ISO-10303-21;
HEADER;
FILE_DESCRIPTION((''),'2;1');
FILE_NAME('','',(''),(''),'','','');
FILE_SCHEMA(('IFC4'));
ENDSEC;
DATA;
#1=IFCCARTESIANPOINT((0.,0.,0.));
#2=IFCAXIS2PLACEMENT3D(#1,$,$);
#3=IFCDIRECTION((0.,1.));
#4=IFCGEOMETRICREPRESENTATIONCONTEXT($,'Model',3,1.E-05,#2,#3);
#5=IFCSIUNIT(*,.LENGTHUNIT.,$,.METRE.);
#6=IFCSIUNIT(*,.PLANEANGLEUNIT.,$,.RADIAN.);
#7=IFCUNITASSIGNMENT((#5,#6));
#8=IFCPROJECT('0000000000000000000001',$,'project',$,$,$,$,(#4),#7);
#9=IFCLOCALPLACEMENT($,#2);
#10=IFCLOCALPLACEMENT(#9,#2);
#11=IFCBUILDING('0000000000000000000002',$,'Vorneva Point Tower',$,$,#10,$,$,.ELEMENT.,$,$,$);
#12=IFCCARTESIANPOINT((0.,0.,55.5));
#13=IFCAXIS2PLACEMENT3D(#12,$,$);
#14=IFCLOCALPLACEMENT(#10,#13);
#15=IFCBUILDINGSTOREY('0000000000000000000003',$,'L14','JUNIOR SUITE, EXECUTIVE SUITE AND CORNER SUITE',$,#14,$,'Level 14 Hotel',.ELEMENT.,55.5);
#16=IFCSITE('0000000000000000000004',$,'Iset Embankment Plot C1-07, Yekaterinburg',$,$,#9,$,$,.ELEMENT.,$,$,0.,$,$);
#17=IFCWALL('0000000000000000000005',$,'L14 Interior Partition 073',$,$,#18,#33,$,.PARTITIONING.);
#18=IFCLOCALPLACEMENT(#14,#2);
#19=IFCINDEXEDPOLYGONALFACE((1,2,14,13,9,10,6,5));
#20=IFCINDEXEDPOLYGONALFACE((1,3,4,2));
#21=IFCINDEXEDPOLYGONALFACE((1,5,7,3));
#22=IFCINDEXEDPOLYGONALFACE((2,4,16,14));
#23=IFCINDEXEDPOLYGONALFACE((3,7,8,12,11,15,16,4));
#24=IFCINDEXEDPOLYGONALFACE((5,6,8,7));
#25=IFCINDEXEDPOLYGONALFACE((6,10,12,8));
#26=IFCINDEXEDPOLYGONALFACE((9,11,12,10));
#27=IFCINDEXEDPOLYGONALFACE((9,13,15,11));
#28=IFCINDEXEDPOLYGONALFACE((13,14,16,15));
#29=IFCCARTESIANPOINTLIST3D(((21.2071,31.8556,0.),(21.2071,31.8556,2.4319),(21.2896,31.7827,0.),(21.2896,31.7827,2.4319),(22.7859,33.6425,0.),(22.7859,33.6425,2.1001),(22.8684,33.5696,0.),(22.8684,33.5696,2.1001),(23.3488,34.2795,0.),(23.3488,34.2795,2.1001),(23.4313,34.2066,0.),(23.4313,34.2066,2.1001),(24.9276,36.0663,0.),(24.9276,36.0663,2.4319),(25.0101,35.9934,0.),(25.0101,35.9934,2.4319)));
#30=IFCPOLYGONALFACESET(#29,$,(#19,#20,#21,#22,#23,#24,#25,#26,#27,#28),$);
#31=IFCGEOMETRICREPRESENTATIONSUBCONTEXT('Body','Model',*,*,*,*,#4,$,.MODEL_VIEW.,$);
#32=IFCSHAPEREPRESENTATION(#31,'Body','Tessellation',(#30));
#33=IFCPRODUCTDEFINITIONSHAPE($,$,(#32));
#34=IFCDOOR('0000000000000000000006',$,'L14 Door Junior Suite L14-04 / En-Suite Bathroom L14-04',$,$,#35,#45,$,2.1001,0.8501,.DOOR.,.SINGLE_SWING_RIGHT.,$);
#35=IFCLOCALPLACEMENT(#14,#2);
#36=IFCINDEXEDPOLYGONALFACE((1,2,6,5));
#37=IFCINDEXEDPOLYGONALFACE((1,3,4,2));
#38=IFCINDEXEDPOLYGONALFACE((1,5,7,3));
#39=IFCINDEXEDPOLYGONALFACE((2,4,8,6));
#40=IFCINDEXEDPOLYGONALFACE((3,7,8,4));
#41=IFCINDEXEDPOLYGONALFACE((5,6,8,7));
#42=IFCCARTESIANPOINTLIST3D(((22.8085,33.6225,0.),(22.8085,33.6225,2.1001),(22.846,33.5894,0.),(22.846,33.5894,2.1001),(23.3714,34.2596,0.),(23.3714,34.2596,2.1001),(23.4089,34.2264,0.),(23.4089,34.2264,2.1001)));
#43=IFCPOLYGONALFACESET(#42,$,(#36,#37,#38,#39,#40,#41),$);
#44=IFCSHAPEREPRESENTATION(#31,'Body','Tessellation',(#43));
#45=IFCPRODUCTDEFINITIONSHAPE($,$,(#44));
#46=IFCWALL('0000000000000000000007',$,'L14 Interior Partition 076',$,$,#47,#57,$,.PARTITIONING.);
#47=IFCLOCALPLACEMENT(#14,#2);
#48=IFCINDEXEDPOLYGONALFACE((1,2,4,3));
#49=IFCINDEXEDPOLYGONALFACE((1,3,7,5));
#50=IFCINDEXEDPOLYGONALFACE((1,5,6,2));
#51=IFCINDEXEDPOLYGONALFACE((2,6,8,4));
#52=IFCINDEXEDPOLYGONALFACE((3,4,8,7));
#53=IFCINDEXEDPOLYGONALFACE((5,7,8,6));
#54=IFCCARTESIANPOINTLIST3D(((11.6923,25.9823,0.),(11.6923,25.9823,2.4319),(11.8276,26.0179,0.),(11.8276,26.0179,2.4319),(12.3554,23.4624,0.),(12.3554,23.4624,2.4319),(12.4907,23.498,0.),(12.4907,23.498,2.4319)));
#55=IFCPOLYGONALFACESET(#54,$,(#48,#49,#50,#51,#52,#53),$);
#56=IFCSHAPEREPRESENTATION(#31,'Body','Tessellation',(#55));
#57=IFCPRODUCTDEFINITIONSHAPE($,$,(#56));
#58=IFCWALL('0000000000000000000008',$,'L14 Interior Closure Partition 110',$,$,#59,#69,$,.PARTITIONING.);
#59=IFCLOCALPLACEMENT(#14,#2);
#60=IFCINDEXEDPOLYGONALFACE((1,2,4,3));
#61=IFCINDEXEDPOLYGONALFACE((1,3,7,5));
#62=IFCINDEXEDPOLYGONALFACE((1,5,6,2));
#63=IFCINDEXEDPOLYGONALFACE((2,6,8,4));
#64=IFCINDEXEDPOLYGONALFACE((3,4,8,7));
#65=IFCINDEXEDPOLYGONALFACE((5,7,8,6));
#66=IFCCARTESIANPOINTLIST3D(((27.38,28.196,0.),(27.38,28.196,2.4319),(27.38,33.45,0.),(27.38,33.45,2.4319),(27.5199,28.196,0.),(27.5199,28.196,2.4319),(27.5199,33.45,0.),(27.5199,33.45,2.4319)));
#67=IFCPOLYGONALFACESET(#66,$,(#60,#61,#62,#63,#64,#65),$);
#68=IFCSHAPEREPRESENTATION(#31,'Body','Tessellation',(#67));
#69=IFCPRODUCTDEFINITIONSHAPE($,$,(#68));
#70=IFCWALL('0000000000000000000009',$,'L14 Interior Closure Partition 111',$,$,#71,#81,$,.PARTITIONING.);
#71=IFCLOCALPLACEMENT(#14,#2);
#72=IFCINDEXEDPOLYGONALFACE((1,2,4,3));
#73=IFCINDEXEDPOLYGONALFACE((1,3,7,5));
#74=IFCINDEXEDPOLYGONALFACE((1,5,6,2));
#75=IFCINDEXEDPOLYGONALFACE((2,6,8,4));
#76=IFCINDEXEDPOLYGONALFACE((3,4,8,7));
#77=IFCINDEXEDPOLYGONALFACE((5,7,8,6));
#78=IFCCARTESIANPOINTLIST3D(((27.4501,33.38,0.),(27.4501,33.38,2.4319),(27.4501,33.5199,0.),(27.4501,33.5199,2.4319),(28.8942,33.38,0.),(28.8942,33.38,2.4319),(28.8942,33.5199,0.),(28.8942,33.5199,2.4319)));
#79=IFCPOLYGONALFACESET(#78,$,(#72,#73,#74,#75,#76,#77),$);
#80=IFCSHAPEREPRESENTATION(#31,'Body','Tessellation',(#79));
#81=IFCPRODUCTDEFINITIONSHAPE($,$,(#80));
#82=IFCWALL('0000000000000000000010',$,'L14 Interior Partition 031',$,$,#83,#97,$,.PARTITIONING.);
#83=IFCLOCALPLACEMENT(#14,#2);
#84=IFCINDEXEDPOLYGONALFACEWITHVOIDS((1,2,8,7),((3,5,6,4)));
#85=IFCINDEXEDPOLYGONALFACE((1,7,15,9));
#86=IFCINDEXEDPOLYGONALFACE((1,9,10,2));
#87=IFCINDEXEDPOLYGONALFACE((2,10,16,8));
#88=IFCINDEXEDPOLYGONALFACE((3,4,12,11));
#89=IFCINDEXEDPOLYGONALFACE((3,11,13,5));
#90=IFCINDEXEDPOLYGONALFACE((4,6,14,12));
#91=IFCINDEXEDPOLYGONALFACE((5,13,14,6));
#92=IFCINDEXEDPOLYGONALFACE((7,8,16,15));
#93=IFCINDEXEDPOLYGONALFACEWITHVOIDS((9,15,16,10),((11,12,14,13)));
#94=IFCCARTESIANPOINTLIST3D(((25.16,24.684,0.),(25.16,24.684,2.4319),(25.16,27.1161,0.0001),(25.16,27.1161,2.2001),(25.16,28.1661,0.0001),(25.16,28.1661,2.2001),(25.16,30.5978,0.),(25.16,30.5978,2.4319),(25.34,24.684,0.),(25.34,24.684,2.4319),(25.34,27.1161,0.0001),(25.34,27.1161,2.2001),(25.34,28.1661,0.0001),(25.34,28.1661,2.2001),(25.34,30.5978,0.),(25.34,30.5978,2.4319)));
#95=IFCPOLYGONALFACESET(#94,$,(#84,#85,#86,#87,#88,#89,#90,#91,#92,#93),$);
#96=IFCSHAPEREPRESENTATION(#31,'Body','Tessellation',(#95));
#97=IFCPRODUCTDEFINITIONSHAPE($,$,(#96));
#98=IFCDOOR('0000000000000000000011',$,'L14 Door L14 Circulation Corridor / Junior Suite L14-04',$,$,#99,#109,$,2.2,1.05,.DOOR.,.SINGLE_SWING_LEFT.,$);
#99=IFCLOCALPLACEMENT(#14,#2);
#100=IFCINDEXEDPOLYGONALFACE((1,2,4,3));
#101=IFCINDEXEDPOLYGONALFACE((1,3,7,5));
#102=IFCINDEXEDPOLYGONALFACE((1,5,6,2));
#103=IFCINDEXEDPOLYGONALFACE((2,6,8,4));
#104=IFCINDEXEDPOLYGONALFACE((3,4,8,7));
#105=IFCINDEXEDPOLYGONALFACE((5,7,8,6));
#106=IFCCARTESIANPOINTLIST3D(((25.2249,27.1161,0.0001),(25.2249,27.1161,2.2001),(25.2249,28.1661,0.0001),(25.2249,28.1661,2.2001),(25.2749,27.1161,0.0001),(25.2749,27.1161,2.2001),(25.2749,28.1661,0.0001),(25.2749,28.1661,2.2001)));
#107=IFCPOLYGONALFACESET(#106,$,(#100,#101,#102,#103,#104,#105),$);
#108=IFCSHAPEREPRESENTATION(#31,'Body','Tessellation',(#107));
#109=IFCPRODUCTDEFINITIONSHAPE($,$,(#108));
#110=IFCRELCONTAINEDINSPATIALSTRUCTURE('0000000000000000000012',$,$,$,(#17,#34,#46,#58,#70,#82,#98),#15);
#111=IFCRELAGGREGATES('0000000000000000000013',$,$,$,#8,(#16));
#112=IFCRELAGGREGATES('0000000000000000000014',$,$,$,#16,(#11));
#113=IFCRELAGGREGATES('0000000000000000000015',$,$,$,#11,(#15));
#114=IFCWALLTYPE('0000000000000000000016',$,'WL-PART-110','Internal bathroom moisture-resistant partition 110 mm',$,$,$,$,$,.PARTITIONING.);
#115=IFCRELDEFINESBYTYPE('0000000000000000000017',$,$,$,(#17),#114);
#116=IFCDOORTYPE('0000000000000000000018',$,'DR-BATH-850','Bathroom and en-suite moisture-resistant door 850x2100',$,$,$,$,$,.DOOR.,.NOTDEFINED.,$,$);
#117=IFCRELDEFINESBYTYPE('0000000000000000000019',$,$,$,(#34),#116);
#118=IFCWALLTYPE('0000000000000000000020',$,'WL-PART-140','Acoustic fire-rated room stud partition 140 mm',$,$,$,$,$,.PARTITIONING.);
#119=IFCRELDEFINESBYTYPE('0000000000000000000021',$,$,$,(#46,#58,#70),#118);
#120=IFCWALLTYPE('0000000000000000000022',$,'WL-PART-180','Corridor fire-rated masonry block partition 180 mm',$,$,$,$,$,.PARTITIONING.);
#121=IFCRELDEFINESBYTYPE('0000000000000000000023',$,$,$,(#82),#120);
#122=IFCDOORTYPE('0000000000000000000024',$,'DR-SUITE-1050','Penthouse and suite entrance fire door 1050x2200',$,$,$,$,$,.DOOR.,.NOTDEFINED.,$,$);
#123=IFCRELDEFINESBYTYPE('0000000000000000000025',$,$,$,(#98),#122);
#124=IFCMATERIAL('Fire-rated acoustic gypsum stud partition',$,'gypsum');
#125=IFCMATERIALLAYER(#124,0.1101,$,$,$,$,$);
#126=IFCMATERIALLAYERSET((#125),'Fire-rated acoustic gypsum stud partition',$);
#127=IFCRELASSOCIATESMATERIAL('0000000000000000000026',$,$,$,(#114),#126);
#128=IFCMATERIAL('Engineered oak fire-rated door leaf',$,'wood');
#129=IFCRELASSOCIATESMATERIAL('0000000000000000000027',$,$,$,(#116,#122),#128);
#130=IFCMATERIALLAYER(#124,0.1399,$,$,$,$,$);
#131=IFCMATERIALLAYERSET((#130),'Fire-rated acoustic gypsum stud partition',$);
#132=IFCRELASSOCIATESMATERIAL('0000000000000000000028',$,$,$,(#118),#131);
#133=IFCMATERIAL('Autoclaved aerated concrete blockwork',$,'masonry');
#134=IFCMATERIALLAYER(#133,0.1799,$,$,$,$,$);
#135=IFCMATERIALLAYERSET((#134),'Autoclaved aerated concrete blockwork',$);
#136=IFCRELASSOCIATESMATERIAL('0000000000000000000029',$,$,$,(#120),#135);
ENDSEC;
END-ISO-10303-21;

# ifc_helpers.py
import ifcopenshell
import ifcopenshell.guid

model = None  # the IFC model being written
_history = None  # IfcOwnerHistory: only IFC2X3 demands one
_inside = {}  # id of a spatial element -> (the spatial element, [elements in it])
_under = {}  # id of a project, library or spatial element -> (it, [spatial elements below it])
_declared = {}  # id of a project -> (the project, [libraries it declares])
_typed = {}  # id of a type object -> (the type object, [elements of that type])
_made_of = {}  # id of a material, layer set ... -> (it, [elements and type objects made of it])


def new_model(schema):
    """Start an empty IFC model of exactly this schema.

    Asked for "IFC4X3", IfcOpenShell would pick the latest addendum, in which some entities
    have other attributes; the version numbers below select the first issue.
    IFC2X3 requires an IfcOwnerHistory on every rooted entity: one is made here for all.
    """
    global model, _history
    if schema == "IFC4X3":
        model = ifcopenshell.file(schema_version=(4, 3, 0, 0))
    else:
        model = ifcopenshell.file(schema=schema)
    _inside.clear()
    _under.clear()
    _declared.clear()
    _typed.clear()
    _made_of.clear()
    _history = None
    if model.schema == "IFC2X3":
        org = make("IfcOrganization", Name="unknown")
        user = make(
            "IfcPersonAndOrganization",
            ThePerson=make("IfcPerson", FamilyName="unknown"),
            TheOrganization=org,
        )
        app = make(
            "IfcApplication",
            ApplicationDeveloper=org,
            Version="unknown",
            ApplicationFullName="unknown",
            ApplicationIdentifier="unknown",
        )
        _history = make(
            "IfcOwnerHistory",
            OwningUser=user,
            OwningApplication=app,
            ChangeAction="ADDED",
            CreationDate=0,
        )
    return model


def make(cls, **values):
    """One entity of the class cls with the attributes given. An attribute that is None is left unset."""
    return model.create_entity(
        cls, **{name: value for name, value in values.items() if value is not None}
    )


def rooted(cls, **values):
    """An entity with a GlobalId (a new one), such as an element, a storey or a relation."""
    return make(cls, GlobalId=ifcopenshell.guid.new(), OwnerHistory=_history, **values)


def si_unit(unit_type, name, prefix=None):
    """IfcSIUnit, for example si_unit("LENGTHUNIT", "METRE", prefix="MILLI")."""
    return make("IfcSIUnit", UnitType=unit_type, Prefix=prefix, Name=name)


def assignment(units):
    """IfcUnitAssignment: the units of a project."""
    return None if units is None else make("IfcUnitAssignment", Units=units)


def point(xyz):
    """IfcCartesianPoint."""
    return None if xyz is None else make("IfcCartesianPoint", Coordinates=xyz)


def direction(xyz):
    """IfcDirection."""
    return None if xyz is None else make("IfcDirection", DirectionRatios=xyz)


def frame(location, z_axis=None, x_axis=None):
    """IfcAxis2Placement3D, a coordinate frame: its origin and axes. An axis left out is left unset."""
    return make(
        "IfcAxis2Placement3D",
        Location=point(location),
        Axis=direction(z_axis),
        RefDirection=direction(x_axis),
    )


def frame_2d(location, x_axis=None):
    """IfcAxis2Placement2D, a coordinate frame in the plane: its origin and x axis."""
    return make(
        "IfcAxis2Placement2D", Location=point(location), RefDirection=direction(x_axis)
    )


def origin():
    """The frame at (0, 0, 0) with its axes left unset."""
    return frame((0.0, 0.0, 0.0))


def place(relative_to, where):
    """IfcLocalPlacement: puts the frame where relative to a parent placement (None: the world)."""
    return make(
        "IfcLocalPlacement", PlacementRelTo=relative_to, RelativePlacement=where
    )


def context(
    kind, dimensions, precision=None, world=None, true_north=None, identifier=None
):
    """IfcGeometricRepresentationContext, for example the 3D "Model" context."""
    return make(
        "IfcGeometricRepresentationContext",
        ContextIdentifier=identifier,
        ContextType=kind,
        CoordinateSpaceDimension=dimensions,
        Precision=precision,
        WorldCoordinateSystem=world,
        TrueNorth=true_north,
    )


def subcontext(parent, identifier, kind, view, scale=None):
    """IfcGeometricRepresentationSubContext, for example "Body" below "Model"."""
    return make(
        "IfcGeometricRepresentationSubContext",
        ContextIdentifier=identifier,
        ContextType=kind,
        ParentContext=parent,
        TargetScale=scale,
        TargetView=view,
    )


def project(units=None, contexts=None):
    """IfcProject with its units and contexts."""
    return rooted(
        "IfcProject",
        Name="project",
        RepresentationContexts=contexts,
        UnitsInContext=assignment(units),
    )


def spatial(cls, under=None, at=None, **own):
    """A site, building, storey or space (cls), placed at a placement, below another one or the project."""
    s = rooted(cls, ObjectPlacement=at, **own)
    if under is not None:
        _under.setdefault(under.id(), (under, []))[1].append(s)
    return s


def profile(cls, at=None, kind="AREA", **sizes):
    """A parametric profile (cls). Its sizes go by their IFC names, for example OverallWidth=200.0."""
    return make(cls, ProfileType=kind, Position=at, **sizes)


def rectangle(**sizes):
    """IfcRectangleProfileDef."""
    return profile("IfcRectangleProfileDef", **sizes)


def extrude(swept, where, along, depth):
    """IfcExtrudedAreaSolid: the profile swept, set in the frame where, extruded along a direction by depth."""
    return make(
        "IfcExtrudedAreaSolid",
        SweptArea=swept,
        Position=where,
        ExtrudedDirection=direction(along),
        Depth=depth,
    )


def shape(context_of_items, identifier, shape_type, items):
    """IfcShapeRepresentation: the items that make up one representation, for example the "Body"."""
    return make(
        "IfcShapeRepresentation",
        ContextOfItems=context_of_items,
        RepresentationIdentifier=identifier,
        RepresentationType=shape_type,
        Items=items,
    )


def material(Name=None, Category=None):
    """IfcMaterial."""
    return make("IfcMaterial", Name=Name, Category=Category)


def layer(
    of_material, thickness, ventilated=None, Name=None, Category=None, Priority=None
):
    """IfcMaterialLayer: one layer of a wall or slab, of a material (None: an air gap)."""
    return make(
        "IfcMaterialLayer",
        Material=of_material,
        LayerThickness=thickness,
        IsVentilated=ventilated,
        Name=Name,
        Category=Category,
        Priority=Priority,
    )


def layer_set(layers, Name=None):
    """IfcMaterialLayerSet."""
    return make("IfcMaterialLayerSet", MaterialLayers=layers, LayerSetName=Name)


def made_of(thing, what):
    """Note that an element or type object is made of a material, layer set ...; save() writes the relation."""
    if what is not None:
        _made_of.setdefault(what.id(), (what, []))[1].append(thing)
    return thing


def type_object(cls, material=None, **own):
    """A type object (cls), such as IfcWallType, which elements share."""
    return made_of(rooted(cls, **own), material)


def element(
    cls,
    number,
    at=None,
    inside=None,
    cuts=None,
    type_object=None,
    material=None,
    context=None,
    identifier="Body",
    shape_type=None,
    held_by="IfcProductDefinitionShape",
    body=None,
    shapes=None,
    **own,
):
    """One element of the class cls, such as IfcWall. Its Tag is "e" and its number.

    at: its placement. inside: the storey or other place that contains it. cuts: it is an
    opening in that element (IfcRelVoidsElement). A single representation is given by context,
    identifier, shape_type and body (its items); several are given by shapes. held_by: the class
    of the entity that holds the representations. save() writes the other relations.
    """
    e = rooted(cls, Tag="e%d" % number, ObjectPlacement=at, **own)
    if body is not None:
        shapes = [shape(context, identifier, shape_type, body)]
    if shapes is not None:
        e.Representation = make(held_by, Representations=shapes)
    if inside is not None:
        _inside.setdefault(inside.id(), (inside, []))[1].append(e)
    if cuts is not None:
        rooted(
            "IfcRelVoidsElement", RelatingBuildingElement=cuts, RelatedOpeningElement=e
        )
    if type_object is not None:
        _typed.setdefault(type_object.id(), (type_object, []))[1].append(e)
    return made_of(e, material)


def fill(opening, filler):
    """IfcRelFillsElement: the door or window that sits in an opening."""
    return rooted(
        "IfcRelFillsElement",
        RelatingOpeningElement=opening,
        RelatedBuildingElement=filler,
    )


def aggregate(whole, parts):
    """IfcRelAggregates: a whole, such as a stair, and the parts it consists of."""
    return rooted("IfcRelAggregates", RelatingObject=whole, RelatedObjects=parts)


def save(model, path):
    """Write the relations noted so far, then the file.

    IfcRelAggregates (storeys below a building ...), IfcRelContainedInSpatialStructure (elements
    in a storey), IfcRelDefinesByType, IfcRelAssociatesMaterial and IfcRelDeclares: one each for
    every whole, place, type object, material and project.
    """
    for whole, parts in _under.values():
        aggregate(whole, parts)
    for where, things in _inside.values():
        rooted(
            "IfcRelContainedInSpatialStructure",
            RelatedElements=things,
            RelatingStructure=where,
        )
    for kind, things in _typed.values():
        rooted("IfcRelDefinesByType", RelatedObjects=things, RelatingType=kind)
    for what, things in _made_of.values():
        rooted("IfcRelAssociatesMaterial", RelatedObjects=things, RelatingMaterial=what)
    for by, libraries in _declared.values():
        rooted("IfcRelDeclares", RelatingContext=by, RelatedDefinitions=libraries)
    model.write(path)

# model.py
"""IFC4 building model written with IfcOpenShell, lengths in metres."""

from ifc_helpers import new_model, si_unit, direction, frame, frame_2d, origin, place, context, subcontext, project, spatial, rectangle, extrude, material, layer, layer_set, type_object, element, fill, save


model = new_model("IFC4")

# Units and contexts
model_context = context("Model", 3, precision=1e-05, world=origin(), true_north=direction((0.0, 1.0)))
body_context = subcontext(model_context, "Body", "Model", "MODEL_VIEW")
ifc_project = project(units=[si_unit("LENGTHUNIT", "METRE"), si_unit("PLANEANGLEUNIT", "RADIAN")], contexts=[model_context])

# Site, building, storey
site_placement = place(None, origin())
site = spatial("IfcSite", under=ifc_project, at=site_placement, Name="Iset Embankment Plot C1-07, Yekaterinburg", CompositionType="ELEMENT", RefElevation=0.0)
building_placement = place(site_placement, origin())
building = spatial("IfcBuilding", under=site, at=building_placement, Name="Vorneva Point Tower", CompositionType="ELEMENT")
storey_placement = place(building_placement, frame((0.0, 0.0, 55.5)))
storey = spatial("IfcBuildingStorey", under=building, at=storey_placement, Name="L14", Description="JUNIOR SUITE, EXECUTIVE SUITE AND CORNER SUITE", LongName="Level 14 Hotel", CompositionType="ELEMENT", Elevation=55.5)

# Shared definitions
ifc_material_1 = material(Name="Fire-rated acoustic gypsum stud partition", Category="gypsum")
ifc_layer_1 = layer(ifc_material_1, 0.1101)
ifc_layer_set_1 = layer_set([ifc_layer_1], Name="Fire-rated acoustic gypsum stud partition")
wall_type_1 = type_object("IfcWallType", Name="WL-PART-110", Description="Internal bathroom moisture-resistant partition 110 mm", PredefinedType="PARTITIONING", material=ifc_layer_set_1)

# Wall, opening, door
wall_1_placement = place(storey_placement, frame((21.2483, 31.8191, 0.0), z_axis=(0.0, 0.0, 1.0), x_axis=(0.662136, 0.749384, 0.0)))
wall_1 = element("IfcWall", 1, at=wall_1_placement, inside=storey, type_object=wall_type_1, Name="L14 Interior Partition 073", PredefinedType="PARTITIONING", context=body_context, shape_type="SweptSolid", body=[
    extrude(rectangle(XDim=5.6189, YDim=0.1101, at=frame_2d((2.8096, 0.0))), origin(), (0.0, 0.0, 1.0), 2.4319),
])
opening_1_placement = place(wall_1_placement, frame((2.3845, 0.0, 0.0)))
opening_1 = element("IfcOpeningElement", 2, at=opening_1_placement, cuts=wall_1, PredefinedType="OPENING", context=body_context, shape_type="SweptSolid", body=[
    extrude(rectangle(XDim=0.8501, YDim=2.1001, at=frame_2d((0.425, 1.05))), frame((0.0, 0.0698, 0.0), z_axis=(0.0, -1.0, 0.0), x_axis=(1.0, 0.0, 0.0)), (0.0, 0.0, 1.0), 0.1399),
])
ifc_material_2 = material(Name="Engineered oak fire-rated door leaf", Category="wood")
door_type_1 = type_object("IfcDoorType", Name="DR-BATH-850", Description="Bathroom and en-suite moisture-resistant door 850x2100", OperationType="NOTDEFINED", PredefinedType="DOOR", material=ifc_material_2)
door_1_placement = place(opening_1_placement, origin())
door_1 = element("IfcDoor", 3, at=door_1_placement, inside=storey, type_object=door_type_1, Name="L14 Door Junior Suite L14-04 / En-Suite Bathroom L14-04", OperationType="SINGLE_SWING_RIGHT", OverallHeight=2.1001, OverallWidth=0.8501, PredefinedType="DOOR", context=body_context, shape_type="SweptSolid", body=[
    extrude(rectangle(XDim=0.8501, YDim=2.1001, at=frame_2d((0.425, 1.05))), frame((0.0, 0.0249, 0.0), z_axis=(0.0, -1.0, 0.0), x_axis=(1.0, 0.0, 0.0)), (0.0, 0.0, 1.0), 0.05),
])
fill(opening_1, door_1)

# Walls
ifc_layer_2 = layer(ifc_material_1, 0.1399)
ifc_layer_set_2 = layer_set([ifc_layer_2], Name="Fire-rated acoustic gypsum stud partition")
wall_type_2 = type_object("IfcWallType", Name="WL-PART-140", Description="Acoustic fire-rated room stud partition 140 mm", PredefinedType="PARTITIONING", material=ifc_layer_set_2)
wall_2_placement = place(storey_placement, frame((11.76, 26.0, 0.0), z_axis=(0.0, 0.0, 1.0), x_axis=(0.254466, -0.967082, 0.0)))
element("IfcWall", 4, at=wall_2_placement, inside=storey, type_object=wall_type_2, Name="L14 Interior Partition 076", PredefinedType="PARTITIONING", context=body_context, shape_type="SweptSolid", body=[
    extrude(rectangle(XDim=2.6057, YDim=0.1399, at=frame_2d((1.3027, 0.0))), origin(), (0.0, 0.0, 1.0), 2.4319),
])
wall_3_placement = place(storey_placement, frame((27.45, 28.196, 0.0), z_axis=(0.0, 0.0, 1.0), x_axis=(0.0, 1.0, 0.0)))
element("IfcWall", 5, at=wall_3_placement, inside=storey, type_object=wall_type_2, Name="L14 Interior Closure Partition 110", PredefinedType="PARTITIONING", context=body_context, shape_type="SweptSolid", body=[
    extrude(rectangle(XDim=5.2539, YDim=0.1399, at=frame_2d((2.627, 0.0))), origin(), (0.0, 0.0, 1.0), 2.4319),
])
wall_4_placement = place(storey_placement, frame((27.45, 33.45, 0.0), z_axis=(0.0, 0.0, 1.0), x_axis=(1.0, 0.0, 0.0)))
element("IfcWall", 6, at=wall_4_placement, inside=storey, type_object=wall_type_2, Name="L14 Interior Closure Partition 111", PredefinedType="PARTITIONING", context=body_context, shape_type="SweptSolid", body=[
    extrude(rectangle(XDim=1.4441, YDim=0.1399, at=frame_2d((0.7222, 0.0))), origin(), (0.0, 0.0, 1.0), 2.4319),
])

# Wall, opening, door
ifc_material_3 = material(Name="Autoclaved aerated concrete blockwork", Category="masonry")
ifc_layer_3 = layer(ifc_material_3, 0.1799)
ifc_layer_set_3 = layer_set([ifc_layer_3], Name="Autoclaved aerated concrete blockwork")
wall_type_3 = type_object("IfcWallType", Name="WL-PART-180", Description="Corridor fire-rated masonry block partition 180 mm", PredefinedType="PARTITIONING", material=ifc_layer_set_3)
wall_5_placement = place(storey_placement, frame((25.25, 30.5979, 0.0), z_axis=(0.0, 0.0, 1.0), x_axis=(0.0, -1.0, 0.0)))
wall_5 = element("IfcWall", 7, at=wall_5_placement, inside=storey, type_object=wall_type_3, Name="L14 Interior Partition 031", PredefinedType="PARTITIONING", context=body_context, shape_type="SweptSolid", body=[
    extrude(rectangle(XDim=5.9138, YDim=0.1799, at=frame_2d((2.957, 0.0))), origin(), (0.0, 0.0, 1.0), 2.4319),
])
opening_2_placement = place(wall_5_placement, frame((2.4319, 0.0, 0.0)))
opening_2 = element("IfcOpeningElement", 8, at=opening_2_placement, cuts=wall_5, PredefinedType="OPENING", context=body_context, shape_type="SweptSolid", body=[
    extrude(rectangle(XDim=1.05, YDim=2.2, at=frame_2d((0.5249, 1.1001))), frame((0.0, 0.105, 0.0), z_axis=(0.0, -1.0, 0.0), x_axis=(1.0, 0.0, 0.0)), (0.0, 0.0, 1.0), 0.2097),
])
door_type_2 = type_object("IfcDoorType", Name="DR-SUITE-1050", Description="Penthouse and suite entrance fire door 1050x2200", OperationType="NOTDEFINED", PredefinedType="DOOR", material=ifc_material_2)
door_2_placement = place(opening_2_placement, origin())
door_2 = element("IfcDoor", 9, at=door_2_placement, inside=storey, type_object=door_type_2, Name="L14 Door L14 Circulation Corridor / Junior Suite L14-04", OperationType="SINGLE_SWING_LEFT", OverallHeight=2.2, OverallWidth=1.05, PredefinedType="DOOR", context=body_context, shape_type="SweptSolid", body=[
    extrude(rectangle(XDim=1.05, YDim=2.2, at=frame_2d((0.5249, 1.1001))), frame((0.0, 0.0249, 0.0), z_axis=(0.0, -1.0, 0.0), x_axis=(1.0, 0.0, 0.0)), (0.0, 0.0, 1.0), 0.05),
])
fill(opening_2, door_2)

save(model, "model.ifc")
